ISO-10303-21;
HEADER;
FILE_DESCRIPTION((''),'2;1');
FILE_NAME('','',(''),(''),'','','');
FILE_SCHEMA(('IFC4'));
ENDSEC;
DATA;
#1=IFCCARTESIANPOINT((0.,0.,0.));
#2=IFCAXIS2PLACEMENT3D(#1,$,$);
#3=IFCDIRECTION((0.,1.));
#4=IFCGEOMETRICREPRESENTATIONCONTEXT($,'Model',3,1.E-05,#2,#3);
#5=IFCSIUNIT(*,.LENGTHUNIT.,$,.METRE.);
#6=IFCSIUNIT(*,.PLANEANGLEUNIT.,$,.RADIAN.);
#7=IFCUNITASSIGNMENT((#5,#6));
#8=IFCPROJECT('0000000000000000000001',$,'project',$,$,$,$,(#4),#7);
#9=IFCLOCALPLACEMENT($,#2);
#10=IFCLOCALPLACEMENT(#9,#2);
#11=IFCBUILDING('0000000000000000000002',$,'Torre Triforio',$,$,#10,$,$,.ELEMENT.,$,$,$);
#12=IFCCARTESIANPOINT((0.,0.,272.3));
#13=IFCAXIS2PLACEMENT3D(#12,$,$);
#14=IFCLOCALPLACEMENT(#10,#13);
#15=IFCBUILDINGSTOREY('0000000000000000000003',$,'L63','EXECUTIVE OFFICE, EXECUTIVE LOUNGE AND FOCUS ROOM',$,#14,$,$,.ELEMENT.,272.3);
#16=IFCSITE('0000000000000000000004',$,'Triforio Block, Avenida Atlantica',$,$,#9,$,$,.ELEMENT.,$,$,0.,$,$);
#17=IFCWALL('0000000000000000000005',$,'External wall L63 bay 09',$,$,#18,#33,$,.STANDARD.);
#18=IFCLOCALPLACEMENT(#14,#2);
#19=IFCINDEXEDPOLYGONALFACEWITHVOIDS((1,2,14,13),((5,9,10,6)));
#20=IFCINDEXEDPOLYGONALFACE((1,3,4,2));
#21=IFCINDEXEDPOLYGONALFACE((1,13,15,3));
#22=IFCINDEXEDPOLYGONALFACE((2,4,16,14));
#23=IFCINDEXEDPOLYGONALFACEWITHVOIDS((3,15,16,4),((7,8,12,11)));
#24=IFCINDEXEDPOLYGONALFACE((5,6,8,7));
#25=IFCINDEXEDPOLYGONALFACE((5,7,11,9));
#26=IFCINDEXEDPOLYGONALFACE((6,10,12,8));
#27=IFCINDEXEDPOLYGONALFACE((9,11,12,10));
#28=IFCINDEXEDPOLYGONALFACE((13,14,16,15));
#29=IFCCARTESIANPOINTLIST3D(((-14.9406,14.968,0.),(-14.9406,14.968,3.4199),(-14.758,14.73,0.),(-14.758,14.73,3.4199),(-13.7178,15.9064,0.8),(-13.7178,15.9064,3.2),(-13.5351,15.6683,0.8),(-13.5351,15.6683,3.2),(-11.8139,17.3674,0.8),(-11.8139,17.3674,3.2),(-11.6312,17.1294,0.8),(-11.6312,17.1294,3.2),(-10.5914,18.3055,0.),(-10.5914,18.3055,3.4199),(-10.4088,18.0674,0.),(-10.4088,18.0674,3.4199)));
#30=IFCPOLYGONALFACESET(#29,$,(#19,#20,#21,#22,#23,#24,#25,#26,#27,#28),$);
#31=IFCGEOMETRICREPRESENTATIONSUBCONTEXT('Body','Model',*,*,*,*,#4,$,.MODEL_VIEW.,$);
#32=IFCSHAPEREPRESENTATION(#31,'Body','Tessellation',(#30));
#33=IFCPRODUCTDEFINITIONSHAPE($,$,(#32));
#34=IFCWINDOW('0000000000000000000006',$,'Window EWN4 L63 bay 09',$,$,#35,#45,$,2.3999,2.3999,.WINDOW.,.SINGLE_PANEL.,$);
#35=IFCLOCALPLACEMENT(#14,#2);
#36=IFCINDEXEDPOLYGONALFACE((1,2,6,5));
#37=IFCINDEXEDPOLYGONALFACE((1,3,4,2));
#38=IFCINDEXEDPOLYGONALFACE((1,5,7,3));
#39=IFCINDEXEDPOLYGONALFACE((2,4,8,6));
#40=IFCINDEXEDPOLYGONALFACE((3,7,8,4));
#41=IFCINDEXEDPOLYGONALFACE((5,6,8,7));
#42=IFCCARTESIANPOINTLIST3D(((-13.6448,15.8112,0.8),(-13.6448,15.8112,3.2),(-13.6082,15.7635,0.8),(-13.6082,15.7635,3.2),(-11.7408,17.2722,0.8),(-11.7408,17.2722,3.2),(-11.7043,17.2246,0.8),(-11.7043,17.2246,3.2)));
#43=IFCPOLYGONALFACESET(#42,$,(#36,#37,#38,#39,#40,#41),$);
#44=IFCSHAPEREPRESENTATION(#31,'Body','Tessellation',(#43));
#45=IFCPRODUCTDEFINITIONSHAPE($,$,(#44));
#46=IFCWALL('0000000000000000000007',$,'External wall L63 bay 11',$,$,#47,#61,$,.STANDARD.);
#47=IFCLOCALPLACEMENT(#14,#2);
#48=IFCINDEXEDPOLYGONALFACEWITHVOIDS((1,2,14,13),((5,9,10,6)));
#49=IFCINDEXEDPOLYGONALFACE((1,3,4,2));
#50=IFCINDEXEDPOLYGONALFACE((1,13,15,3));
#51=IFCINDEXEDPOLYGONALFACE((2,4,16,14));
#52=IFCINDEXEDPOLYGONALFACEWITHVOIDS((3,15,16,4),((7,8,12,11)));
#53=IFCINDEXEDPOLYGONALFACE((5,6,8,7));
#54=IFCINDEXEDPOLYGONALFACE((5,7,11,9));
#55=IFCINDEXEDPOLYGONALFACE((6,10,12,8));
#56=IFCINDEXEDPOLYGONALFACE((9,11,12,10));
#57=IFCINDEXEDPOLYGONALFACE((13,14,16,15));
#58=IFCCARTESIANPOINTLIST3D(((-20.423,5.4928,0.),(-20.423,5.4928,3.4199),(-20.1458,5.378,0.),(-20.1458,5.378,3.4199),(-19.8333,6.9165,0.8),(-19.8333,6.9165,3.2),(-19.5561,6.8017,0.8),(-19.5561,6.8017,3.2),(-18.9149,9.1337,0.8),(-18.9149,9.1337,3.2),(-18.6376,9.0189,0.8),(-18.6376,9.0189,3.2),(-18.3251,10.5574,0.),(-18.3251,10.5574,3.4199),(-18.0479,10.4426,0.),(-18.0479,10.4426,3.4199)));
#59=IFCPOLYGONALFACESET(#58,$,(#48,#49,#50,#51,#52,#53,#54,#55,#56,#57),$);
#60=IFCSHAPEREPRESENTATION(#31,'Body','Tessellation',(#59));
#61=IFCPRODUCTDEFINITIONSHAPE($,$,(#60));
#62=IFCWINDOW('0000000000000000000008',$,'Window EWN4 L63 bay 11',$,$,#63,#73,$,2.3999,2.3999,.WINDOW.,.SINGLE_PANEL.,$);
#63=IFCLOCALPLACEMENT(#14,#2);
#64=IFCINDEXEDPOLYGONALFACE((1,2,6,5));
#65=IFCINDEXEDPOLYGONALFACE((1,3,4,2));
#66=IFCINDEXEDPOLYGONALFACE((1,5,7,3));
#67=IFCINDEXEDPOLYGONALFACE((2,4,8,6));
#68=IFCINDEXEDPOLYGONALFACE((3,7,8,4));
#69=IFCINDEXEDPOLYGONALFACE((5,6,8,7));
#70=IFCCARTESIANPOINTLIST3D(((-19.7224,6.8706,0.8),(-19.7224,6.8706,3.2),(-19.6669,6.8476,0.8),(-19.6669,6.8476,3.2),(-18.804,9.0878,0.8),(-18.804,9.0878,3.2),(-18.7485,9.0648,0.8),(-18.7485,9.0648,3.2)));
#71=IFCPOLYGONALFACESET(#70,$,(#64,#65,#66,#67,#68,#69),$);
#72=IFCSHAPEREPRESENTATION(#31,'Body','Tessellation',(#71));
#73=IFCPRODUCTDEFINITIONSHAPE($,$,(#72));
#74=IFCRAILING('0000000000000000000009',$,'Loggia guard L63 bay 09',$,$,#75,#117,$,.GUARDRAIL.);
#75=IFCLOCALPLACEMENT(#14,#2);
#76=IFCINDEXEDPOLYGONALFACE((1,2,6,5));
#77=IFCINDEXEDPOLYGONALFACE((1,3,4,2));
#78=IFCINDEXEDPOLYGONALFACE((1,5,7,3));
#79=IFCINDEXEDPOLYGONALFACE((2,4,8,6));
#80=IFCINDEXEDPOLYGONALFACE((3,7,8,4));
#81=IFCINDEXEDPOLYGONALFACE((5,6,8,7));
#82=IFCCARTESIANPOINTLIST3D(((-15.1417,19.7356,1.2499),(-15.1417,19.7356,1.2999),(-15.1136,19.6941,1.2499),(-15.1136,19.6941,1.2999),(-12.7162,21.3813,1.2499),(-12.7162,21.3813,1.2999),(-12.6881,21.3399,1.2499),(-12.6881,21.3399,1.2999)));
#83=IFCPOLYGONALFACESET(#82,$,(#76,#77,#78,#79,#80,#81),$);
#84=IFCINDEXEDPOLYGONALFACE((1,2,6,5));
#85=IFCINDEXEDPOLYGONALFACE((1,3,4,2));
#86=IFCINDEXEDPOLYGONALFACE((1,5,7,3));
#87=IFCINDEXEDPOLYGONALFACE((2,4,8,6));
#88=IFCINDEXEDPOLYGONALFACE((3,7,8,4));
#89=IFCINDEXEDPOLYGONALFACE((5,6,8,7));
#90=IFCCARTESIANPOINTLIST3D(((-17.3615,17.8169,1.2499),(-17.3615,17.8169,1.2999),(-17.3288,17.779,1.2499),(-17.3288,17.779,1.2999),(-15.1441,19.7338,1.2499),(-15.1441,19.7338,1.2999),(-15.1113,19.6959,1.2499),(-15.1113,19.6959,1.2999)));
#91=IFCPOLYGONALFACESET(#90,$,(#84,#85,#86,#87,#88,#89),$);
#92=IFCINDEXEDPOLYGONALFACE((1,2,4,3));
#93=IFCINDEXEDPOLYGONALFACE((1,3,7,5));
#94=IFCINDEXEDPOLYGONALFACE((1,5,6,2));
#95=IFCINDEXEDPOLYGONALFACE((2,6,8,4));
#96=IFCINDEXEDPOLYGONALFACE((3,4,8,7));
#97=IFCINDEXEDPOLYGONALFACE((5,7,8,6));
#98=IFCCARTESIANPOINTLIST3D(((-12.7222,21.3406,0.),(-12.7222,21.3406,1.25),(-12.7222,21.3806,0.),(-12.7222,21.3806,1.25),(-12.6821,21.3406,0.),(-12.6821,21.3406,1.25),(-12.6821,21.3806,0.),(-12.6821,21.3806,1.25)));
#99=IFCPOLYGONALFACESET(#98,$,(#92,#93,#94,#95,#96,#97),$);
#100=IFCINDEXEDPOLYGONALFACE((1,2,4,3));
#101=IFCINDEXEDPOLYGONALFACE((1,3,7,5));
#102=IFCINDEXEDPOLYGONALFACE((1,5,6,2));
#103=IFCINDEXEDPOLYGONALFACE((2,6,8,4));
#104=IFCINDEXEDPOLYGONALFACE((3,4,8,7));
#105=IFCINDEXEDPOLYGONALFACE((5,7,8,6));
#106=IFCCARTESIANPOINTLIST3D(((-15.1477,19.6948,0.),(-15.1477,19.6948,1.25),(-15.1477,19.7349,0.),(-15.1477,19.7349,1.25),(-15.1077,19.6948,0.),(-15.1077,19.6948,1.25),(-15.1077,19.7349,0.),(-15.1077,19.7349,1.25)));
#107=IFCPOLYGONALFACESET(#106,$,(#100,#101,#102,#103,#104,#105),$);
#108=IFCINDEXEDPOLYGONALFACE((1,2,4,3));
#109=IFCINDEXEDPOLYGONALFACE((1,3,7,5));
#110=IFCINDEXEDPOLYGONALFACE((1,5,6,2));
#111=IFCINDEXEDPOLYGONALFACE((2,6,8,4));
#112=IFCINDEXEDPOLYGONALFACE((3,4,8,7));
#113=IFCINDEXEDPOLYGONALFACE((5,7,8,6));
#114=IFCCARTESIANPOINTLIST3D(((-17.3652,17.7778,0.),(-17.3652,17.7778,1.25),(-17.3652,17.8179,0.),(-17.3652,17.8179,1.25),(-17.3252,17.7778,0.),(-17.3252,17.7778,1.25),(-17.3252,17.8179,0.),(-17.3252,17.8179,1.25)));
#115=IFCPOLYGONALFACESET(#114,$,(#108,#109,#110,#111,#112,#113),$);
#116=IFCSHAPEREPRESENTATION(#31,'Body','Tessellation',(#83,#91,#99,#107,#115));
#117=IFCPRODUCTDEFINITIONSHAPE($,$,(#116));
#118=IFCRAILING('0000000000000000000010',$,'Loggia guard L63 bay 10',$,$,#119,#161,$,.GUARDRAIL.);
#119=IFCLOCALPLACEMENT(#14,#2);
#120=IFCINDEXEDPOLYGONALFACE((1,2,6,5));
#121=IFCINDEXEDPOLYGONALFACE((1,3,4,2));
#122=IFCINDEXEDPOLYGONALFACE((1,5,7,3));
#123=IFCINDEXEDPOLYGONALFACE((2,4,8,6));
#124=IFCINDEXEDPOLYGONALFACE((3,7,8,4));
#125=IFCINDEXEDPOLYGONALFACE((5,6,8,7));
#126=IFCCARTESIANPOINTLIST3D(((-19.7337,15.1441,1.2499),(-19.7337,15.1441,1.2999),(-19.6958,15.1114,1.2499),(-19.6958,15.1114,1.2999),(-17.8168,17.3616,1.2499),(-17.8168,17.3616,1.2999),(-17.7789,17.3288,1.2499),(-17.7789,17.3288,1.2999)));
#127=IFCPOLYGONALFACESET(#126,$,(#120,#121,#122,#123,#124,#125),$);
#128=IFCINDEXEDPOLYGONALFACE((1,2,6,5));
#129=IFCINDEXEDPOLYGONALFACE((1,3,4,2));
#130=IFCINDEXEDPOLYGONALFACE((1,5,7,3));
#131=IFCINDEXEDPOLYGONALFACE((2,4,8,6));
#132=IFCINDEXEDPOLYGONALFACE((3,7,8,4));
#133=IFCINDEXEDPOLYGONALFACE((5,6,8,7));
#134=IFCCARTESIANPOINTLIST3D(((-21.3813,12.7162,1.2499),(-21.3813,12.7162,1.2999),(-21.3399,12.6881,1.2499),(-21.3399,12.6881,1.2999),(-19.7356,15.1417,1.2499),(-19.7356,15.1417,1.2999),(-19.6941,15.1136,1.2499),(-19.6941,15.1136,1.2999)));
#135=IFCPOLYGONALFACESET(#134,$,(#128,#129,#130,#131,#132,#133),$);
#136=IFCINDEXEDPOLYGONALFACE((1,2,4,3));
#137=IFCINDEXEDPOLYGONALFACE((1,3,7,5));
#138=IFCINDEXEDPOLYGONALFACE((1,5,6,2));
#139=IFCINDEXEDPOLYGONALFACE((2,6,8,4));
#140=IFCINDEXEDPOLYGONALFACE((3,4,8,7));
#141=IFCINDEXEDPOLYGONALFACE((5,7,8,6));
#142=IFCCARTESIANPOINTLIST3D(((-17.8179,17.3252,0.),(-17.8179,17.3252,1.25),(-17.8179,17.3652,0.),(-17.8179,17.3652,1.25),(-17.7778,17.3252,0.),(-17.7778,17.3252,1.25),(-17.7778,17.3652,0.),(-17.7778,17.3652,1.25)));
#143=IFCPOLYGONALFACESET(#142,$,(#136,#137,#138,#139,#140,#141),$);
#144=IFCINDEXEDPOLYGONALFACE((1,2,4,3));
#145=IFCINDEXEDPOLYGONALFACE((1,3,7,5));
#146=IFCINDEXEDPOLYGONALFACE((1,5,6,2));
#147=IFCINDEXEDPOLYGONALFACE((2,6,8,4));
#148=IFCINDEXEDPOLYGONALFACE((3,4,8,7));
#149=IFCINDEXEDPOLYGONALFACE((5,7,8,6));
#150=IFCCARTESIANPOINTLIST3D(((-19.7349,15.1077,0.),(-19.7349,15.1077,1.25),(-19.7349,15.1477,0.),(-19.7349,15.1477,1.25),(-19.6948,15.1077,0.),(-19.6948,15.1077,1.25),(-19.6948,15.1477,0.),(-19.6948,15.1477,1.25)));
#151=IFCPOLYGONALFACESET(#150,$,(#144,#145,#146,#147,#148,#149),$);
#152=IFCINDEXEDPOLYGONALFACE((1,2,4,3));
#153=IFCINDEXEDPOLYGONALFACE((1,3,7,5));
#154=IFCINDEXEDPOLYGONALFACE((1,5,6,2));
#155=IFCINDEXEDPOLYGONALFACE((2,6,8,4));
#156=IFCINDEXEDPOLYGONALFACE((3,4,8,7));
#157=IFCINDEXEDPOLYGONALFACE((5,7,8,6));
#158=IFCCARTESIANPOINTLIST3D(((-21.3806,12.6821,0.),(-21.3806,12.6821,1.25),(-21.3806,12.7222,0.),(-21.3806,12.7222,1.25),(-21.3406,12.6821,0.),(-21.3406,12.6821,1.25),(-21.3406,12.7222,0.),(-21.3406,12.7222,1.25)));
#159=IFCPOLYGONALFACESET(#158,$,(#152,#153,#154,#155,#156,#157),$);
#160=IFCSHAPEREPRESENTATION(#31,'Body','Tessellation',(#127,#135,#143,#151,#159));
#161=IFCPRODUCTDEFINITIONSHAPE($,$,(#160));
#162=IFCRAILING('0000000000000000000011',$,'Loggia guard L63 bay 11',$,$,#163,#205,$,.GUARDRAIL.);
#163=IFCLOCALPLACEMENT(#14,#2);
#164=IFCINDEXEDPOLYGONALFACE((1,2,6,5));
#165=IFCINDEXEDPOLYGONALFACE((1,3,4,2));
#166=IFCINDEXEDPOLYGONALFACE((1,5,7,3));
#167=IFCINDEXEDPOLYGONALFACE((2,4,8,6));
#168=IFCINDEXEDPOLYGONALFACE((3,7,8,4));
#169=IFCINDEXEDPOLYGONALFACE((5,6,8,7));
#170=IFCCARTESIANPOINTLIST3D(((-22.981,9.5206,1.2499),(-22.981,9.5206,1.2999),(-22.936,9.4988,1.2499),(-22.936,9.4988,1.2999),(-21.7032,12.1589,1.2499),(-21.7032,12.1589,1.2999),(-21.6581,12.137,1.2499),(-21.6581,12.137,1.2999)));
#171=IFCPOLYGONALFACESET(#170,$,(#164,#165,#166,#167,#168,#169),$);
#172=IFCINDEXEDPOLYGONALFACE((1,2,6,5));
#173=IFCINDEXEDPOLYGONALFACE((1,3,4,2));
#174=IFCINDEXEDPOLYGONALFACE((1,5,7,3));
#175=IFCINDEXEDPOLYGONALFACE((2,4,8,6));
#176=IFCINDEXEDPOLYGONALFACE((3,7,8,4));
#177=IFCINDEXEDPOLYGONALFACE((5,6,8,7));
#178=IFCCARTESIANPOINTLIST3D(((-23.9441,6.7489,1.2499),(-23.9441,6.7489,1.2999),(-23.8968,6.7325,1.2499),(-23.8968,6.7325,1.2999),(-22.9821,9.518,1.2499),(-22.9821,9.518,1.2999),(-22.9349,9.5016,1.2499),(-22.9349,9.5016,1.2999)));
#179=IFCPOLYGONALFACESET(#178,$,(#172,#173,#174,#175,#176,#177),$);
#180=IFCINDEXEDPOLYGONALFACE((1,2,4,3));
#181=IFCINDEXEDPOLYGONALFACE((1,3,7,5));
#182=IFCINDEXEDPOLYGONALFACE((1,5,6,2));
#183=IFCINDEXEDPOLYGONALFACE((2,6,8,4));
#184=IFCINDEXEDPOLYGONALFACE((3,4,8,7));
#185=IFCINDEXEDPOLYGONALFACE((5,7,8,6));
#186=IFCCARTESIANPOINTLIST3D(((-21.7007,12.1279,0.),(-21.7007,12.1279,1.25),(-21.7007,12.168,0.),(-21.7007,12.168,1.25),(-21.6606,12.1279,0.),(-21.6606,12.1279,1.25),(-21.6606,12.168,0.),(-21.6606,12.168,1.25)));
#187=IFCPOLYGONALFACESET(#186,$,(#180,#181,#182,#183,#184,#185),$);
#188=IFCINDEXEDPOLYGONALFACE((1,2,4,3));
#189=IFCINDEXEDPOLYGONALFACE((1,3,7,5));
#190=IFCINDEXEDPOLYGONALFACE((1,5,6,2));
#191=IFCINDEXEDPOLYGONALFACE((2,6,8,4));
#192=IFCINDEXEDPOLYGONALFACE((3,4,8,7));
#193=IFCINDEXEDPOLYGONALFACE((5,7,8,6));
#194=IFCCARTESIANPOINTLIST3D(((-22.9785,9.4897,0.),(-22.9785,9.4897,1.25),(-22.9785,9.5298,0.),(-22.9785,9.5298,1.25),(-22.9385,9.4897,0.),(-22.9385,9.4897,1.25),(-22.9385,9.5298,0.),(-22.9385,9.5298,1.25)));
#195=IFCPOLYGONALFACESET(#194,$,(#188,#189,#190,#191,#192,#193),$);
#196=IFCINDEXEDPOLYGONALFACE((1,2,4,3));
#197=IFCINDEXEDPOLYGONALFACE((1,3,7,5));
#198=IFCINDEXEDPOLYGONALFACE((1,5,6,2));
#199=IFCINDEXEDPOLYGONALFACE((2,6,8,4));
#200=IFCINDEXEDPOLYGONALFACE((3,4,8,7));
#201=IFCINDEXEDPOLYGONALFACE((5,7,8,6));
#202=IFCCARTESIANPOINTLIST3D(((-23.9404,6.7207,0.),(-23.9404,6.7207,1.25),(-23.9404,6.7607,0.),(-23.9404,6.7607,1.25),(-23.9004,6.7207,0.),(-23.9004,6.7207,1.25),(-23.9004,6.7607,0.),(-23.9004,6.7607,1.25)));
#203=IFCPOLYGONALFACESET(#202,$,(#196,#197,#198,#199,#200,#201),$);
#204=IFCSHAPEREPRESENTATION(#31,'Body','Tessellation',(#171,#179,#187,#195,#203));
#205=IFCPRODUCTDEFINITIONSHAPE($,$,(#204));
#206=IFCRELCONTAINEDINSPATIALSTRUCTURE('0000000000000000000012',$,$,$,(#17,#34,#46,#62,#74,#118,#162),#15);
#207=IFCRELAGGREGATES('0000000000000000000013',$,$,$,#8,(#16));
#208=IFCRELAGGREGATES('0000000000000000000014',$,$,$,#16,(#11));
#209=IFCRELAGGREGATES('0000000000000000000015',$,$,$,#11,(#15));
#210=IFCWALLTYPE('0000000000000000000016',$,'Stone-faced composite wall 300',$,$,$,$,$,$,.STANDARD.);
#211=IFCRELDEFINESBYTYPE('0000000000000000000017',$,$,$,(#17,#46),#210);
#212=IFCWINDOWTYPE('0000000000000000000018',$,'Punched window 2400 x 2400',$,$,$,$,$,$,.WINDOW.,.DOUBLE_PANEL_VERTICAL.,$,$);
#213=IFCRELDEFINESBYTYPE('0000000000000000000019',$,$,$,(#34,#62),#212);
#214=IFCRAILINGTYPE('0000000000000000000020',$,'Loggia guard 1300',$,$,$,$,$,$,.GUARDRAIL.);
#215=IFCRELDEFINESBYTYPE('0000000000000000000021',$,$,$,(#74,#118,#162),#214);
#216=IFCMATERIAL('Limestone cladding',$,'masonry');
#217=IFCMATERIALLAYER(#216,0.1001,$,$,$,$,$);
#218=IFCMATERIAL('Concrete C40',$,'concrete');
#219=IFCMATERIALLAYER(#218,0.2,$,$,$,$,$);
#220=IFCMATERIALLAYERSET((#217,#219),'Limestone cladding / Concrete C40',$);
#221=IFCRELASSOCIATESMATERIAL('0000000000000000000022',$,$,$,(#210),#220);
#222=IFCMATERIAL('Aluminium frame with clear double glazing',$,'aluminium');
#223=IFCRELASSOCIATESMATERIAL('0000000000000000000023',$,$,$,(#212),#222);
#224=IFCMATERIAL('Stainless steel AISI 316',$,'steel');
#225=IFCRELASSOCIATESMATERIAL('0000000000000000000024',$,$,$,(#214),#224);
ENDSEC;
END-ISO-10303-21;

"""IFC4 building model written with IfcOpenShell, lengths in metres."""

from ifc_helpers import new_model, si_unit, direction, frame, frame_2d, origin, origin_2d, place, context, subcontext, project, spatial, rectangle, extrude, material, layer, layer_set, type_object, element, fill, save


model = new_model("IFC4")

# Units and contexts
model_context = context("Model", 3, precision=1e-05, world=origin(), true_north=direction((0.0, 1.0)))
body_context = subcontext(model_context, "Body", "Model", "MODEL_VIEW")
ifc_project = project(units=[si_unit("LENGTHUNIT", "METRE"), si_unit("PLANEANGLEUNIT", "RADIAN")], contexts=[model_context])

# Site, building, storey
site_placement = place(None, origin())
site = spatial("IfcSite", under=ifc_project, at=site_placement, Name="Triforio Block, Avenida Atlantica", CompositionType="ELEMENT", RefElevation=0.0)
building_placement = place(site_placement, origin())
building = spatial("IfcBuilding", under=site, at=building_placement, Name="Torre Triforio", CompositionType="ELEMENT")
storey_placement = place(building_placement, frame((0.0, 0.0, 272.3)))
storey = spatial("IfcBuildingStorey", under=building, at=storey_placement, Name="L63", Description="EXECUTIVE OFFICE, EXECUTIVE LOUNGE AND FOCUS ROOM", CompositionType="ELEMENT", Elevation=272.3)

# Shared definitions
ifc_material_1 = material(Name="Concrete C40", Category="concrete")

# Shared definitions
ifc_material_2 = material(Name="Limestone cladding", Category="masonry")

# Wall, opening, window
ifc_layer_1 = layer(ifc_material_2, 0.1001)
ifc_layer_2 = layer(ifc_material_1, 0.2)
ifc_layer_set_1 = layer_set([ifc_layer_1, ifc_layer_2], Name="Limestone cladding / Concrete C40")
wall_type_1 = type_object("IfcWallType", Name="Stone-faced composite wall 300", PredefinedType="STANDARD", material=ifc_layer_set_1)
wall_1_placement = place(storey_placement, frame((-10.5, 18.1865, 0.0), z_axis=(0.0, 0.0, 1.0), x_axis=(-0.793335, -0.608785, 0.0)))
wall_1 = element("IfcWall", 1, at=wall_1_placement, inside=storey, type_object=wall_type_1, Name="External wall L63 bay 09", PredefinedType="STANDARD", context=body_context, shape_type="SweptSolid", body=[
    extrude(rectangle(XDim=5.4822, YDim=0.3, at=frame_2d((2.7412, 0.0))), origin(), (0.0, 0.0, 1.0), 3.4199),
])
opening_1_placement = place(wall_1_placement, frame((1.541, 0.0, 0.8)))
opening_1 = element("IfcOpeningElement", 2, at=opening_1_placement, cuts=wall_1, PredefinedType="OPENING", context=body_context, shape_type="SweptSolid", body=[
    extrude(rectangle(XDim=2.3999, YDim=2.3999, at=frame_2d((1.2, 1.2))), frame((0.0, 0.1599, 0.0), z_axis=(0.0, -1.0, 0.0), x_axis=(1.0, 0.0, 0.0)), (0.0, 0.0, 1.0), 0.3201),
])
ifc_material_3 = material(Name="Aluminium frame with clear double glazing", Category="aluminium")
window_type_1 = type_object("IfcWindowType", Name="Punched window 2400 x 2400", PartitioningType="DOUBLE_PANEL_VERTICAL", PredefinedType="WINDOW", material=ifc_material_3)
window_1_placement = place(opening_1_placement, origin())
window_1 = element("IfcWindow", 3, at=window_1_placement, inside=storey, type_object=window_type_1, Name="Window EWN4 L63 bay 09", OverallHeight=2.3999, OverallWidth=2.3999, PartitioningType="SINGLE_PANEL", PredefinedType="WINDOW", context=body_context, shape_type="SweptSolid", body=[
    extrude(rectangle(XDim=2.3999, YDim=2.3999, at=frame_2d((1.2, 1.2))), frame((0.0, 0.03, 0.0), z_axis=(0.0, -1.0, 0.0), x_axis=(1.0, 0.0, 0.0)), (0.0, 0.0, 1.0), 0.0601),
])
fill(opening_1, window_1)

# Wall, opening, window
wall_2_placement = place(storey_placement, frame((-18.1865, 10.5, 0.0), z_axis=(0.0, 0.0, 1.0), x_axis=(-0.382689, -0.923877, 0.0)))
wall_2 = element("IfcWall", 4, at=wall_2_placement, inside=storey, type_object=wall_type_1, Name="External wall L63 bay 11", PredefinedType="STANDARD", context=body_context, shape_type="SweptSolid", body=[
    extrude(rectangle(XDim=5.4819, YDim=0.3, at=frame_2d((2.741, 0.0))), origin(), (0.0, 0.0, 1.0), 3.4199),
])
opening_2_placement = place(wall_2_placement, frame((1.541, 0.0, 0.8)))
opening_2 = element("IfcOpeningElement", 5, at=opening_2_placement, cuts=wall_2, PredefinedType="OPENING", context=body_context, shape_type="SweptSolid", body=[
    extrude(rectangle(XDim=2.3999, YDim=2.3999, at=frame_2d((1.2, 1.2))), frame((0.0, 0.1599, 0.0), z_axis=(0.0, -1.0, 0.0), x_axis=(1.0, 0.0, 0.0)), (0.0, 0.0, 1.0), 0.3201),
])
window_2_placement = place(opening_2_placement, origin())
window_2 = element("IfcWindow", 6, at=window_2_placement, inside=storey, type_object=window_type_1, Name="Window EWN4 L63 bay 11", OverallHeight=2.3999, OverallWidth=2.3999, PartitioningType="SINGLE_PANEL", PredefinedType="WINDOW", context=body_context, shape_type="SweptSolid", body=[
    extrude(rectangle(XDim=2.3999, YDim=2.3999, at=frame_2d((1.2, 1.2))), frame((0.0, 0.03, 0.0), z_axis=(0.0, -1.0, 0.0), x_axis=(1.0, 0.0, 0.0)), (0.0, 0.0, 1.0), 0.0601),
])
fill(opening_2, window_2)

# Railings
ifc_material_4 = material(Name="Stainless steel AISI 316", Category="steel")
railing_type = type_object("IfcRailingType", Name="Loggia guard 1300", PredefinedType="GUARDRAIL", material=ifc_material_4)
railing_1_placement = place(storey_placement, frame((-12.7021, 21.3606, 0.0)))
element("IfcRailing", 7, at=railing_1_placement, inside=storey, type_object=railing_type, Name="Loggia guard L63 bay 09", PredefinedType="GUARDRAIL", context=body_context, shape_type="SweptSolid", body=[
    extrude(rectangle(XDim=0.05, YDim=0.05, at=origin_2d()), frame((0.0, 0.0, 1.2749), z_axis=(-0.827499, -0.561467, 0.0), x_axis=(0.561467, -0.827499, 0.0)), (0.0, 0.0, 1.0), 2.9312),
    extrude(rectangle(XDim=0.05, YDim=0.05, at=origin_2d()), frame((-2.4255, -1.6458, 1.2749), z_axis=(-0.75651, -0.653982, 0.0), x_axis=(0.653982, -0.75651, 0.0)), (0.0, 0.0, 1.0), 2.9312),
    extrude(rectangle(XDim=0.04, YDim=0.04, at=origin_2d()), origin(), (0.0, 0.0, 1.0), 1.25),
    extrude(rectangle(XDim=0.04, YDim=0.04, at=origin_2d()), frame((-2.4255, -1.6458, 0.0)), (0.0, 0.0, 1.0), 1.25),
    extrude(rectangle(XDim=0.04, YDim=0.04, at=origin_2d()), frame((-4.6431, -3.5627, 0.0)), (0.0, 0.0, 1.0), 1.25),
])
railing_2_placement = place(storey_placement, frame((-17.7979, 17.3452, 0.0)))
element("IfcRailing", 8, at=railing_2_placement, inside=storey, type_object=railing_type, Name="Loggia guard L63 bay 10", PredefinedType="GUARDRAIL", context=body_context, shape_type="SweptSolid", body=[
    extrude(rectangle(XDim=0.05, YDim=0.05, at=origin_2d()), frame((0.0, 0.0, 1.2749), z_axis=(-0.653982, -0.75651, 0.0), x_axis=(0.75651, -0.653982, 0.0)), (0.0, 0.0, 1.0), 2.9312),
    extrude(rectangle(XDim=0.05, YDim=0.05, at=origin_2d()), frame((-1.917, -2.2175, 1.2749), z_axis=(-0.561467, -0.827499, 0.0), x_axis=(0.827499, -0.561467, 0.0)), (0.0, 0.0, 1.0), 2.9312),
    extrude(rectangle(XDim=0.04, YDim=0.04, at=origin_2d()), origin(), (0.0, 0.0, 1.0), 1.25),
    extrude(rectangle(XDim=0.04, YDim=0.04, at=origin_2d()), frame((-1.917, -2.2175, 0.0)), (0.0, 0.0, 1.0), 1.25),
    extrude(rectangle(XDim=0.04, YDim=0.04, at=origin_2d()), frame((-3.5627, -4.6431, 0.0)), (0.0, 0.0, 1.0), 1.25),
])
railing_3_placement = place(storey_placement, frame((-21.6807, 12.1479, 0.0)))
element("IfcRailing", 9, at=railing_3_placement, inside=storey, type_object=railing_type, Name="Loggia guard L63 bay 11", PredefinedType="GUARDRAIL", context=body_context, shape_type="SweptSolid", body=[
    extrude(rectangle(XDim=0.05, YDim=0.05, at=origin_2d()), frame((0.0, 0.0, 1.2749), z_axis=(-0.435918, -0.899986, 0.0), x_axis=(0.899986, -0.435918, 0.0)), (0.0, 0.0, 1.0), 2.9314),
    extrude(rectangle(XDim=0.05, YDim=0.05, at=origin_2d()), frame((-1.2778, -2.6382, 1.2749), z_axis=(-0.328146, -0.944627, 0.0), x_axis=(0.944627, -0.328146, 0.0)), (0.0, 0.0, 1.0), 2.9314),
    extrude(rectangle(XDim=0.04, YDim=0.04, at=origin_2d()), origin(), (0.0, 0.0, 1.0), 1.25),
    extrude(rectangle(XDim=0.04, YDim=0.04, at=origin_2d()), frame((-1.2778, -2.6382, 0.0)), (0.0, 0.0, 1.0), 1.25),
    extrude(rectangle(XDim=0.04, YDim=0.04, at=origin_2d()), frame((-2.2397, -5.4072, 0.0)), (0.0, 0.0, 1.0), 1.25),
])

save(model, "model.ifc")
